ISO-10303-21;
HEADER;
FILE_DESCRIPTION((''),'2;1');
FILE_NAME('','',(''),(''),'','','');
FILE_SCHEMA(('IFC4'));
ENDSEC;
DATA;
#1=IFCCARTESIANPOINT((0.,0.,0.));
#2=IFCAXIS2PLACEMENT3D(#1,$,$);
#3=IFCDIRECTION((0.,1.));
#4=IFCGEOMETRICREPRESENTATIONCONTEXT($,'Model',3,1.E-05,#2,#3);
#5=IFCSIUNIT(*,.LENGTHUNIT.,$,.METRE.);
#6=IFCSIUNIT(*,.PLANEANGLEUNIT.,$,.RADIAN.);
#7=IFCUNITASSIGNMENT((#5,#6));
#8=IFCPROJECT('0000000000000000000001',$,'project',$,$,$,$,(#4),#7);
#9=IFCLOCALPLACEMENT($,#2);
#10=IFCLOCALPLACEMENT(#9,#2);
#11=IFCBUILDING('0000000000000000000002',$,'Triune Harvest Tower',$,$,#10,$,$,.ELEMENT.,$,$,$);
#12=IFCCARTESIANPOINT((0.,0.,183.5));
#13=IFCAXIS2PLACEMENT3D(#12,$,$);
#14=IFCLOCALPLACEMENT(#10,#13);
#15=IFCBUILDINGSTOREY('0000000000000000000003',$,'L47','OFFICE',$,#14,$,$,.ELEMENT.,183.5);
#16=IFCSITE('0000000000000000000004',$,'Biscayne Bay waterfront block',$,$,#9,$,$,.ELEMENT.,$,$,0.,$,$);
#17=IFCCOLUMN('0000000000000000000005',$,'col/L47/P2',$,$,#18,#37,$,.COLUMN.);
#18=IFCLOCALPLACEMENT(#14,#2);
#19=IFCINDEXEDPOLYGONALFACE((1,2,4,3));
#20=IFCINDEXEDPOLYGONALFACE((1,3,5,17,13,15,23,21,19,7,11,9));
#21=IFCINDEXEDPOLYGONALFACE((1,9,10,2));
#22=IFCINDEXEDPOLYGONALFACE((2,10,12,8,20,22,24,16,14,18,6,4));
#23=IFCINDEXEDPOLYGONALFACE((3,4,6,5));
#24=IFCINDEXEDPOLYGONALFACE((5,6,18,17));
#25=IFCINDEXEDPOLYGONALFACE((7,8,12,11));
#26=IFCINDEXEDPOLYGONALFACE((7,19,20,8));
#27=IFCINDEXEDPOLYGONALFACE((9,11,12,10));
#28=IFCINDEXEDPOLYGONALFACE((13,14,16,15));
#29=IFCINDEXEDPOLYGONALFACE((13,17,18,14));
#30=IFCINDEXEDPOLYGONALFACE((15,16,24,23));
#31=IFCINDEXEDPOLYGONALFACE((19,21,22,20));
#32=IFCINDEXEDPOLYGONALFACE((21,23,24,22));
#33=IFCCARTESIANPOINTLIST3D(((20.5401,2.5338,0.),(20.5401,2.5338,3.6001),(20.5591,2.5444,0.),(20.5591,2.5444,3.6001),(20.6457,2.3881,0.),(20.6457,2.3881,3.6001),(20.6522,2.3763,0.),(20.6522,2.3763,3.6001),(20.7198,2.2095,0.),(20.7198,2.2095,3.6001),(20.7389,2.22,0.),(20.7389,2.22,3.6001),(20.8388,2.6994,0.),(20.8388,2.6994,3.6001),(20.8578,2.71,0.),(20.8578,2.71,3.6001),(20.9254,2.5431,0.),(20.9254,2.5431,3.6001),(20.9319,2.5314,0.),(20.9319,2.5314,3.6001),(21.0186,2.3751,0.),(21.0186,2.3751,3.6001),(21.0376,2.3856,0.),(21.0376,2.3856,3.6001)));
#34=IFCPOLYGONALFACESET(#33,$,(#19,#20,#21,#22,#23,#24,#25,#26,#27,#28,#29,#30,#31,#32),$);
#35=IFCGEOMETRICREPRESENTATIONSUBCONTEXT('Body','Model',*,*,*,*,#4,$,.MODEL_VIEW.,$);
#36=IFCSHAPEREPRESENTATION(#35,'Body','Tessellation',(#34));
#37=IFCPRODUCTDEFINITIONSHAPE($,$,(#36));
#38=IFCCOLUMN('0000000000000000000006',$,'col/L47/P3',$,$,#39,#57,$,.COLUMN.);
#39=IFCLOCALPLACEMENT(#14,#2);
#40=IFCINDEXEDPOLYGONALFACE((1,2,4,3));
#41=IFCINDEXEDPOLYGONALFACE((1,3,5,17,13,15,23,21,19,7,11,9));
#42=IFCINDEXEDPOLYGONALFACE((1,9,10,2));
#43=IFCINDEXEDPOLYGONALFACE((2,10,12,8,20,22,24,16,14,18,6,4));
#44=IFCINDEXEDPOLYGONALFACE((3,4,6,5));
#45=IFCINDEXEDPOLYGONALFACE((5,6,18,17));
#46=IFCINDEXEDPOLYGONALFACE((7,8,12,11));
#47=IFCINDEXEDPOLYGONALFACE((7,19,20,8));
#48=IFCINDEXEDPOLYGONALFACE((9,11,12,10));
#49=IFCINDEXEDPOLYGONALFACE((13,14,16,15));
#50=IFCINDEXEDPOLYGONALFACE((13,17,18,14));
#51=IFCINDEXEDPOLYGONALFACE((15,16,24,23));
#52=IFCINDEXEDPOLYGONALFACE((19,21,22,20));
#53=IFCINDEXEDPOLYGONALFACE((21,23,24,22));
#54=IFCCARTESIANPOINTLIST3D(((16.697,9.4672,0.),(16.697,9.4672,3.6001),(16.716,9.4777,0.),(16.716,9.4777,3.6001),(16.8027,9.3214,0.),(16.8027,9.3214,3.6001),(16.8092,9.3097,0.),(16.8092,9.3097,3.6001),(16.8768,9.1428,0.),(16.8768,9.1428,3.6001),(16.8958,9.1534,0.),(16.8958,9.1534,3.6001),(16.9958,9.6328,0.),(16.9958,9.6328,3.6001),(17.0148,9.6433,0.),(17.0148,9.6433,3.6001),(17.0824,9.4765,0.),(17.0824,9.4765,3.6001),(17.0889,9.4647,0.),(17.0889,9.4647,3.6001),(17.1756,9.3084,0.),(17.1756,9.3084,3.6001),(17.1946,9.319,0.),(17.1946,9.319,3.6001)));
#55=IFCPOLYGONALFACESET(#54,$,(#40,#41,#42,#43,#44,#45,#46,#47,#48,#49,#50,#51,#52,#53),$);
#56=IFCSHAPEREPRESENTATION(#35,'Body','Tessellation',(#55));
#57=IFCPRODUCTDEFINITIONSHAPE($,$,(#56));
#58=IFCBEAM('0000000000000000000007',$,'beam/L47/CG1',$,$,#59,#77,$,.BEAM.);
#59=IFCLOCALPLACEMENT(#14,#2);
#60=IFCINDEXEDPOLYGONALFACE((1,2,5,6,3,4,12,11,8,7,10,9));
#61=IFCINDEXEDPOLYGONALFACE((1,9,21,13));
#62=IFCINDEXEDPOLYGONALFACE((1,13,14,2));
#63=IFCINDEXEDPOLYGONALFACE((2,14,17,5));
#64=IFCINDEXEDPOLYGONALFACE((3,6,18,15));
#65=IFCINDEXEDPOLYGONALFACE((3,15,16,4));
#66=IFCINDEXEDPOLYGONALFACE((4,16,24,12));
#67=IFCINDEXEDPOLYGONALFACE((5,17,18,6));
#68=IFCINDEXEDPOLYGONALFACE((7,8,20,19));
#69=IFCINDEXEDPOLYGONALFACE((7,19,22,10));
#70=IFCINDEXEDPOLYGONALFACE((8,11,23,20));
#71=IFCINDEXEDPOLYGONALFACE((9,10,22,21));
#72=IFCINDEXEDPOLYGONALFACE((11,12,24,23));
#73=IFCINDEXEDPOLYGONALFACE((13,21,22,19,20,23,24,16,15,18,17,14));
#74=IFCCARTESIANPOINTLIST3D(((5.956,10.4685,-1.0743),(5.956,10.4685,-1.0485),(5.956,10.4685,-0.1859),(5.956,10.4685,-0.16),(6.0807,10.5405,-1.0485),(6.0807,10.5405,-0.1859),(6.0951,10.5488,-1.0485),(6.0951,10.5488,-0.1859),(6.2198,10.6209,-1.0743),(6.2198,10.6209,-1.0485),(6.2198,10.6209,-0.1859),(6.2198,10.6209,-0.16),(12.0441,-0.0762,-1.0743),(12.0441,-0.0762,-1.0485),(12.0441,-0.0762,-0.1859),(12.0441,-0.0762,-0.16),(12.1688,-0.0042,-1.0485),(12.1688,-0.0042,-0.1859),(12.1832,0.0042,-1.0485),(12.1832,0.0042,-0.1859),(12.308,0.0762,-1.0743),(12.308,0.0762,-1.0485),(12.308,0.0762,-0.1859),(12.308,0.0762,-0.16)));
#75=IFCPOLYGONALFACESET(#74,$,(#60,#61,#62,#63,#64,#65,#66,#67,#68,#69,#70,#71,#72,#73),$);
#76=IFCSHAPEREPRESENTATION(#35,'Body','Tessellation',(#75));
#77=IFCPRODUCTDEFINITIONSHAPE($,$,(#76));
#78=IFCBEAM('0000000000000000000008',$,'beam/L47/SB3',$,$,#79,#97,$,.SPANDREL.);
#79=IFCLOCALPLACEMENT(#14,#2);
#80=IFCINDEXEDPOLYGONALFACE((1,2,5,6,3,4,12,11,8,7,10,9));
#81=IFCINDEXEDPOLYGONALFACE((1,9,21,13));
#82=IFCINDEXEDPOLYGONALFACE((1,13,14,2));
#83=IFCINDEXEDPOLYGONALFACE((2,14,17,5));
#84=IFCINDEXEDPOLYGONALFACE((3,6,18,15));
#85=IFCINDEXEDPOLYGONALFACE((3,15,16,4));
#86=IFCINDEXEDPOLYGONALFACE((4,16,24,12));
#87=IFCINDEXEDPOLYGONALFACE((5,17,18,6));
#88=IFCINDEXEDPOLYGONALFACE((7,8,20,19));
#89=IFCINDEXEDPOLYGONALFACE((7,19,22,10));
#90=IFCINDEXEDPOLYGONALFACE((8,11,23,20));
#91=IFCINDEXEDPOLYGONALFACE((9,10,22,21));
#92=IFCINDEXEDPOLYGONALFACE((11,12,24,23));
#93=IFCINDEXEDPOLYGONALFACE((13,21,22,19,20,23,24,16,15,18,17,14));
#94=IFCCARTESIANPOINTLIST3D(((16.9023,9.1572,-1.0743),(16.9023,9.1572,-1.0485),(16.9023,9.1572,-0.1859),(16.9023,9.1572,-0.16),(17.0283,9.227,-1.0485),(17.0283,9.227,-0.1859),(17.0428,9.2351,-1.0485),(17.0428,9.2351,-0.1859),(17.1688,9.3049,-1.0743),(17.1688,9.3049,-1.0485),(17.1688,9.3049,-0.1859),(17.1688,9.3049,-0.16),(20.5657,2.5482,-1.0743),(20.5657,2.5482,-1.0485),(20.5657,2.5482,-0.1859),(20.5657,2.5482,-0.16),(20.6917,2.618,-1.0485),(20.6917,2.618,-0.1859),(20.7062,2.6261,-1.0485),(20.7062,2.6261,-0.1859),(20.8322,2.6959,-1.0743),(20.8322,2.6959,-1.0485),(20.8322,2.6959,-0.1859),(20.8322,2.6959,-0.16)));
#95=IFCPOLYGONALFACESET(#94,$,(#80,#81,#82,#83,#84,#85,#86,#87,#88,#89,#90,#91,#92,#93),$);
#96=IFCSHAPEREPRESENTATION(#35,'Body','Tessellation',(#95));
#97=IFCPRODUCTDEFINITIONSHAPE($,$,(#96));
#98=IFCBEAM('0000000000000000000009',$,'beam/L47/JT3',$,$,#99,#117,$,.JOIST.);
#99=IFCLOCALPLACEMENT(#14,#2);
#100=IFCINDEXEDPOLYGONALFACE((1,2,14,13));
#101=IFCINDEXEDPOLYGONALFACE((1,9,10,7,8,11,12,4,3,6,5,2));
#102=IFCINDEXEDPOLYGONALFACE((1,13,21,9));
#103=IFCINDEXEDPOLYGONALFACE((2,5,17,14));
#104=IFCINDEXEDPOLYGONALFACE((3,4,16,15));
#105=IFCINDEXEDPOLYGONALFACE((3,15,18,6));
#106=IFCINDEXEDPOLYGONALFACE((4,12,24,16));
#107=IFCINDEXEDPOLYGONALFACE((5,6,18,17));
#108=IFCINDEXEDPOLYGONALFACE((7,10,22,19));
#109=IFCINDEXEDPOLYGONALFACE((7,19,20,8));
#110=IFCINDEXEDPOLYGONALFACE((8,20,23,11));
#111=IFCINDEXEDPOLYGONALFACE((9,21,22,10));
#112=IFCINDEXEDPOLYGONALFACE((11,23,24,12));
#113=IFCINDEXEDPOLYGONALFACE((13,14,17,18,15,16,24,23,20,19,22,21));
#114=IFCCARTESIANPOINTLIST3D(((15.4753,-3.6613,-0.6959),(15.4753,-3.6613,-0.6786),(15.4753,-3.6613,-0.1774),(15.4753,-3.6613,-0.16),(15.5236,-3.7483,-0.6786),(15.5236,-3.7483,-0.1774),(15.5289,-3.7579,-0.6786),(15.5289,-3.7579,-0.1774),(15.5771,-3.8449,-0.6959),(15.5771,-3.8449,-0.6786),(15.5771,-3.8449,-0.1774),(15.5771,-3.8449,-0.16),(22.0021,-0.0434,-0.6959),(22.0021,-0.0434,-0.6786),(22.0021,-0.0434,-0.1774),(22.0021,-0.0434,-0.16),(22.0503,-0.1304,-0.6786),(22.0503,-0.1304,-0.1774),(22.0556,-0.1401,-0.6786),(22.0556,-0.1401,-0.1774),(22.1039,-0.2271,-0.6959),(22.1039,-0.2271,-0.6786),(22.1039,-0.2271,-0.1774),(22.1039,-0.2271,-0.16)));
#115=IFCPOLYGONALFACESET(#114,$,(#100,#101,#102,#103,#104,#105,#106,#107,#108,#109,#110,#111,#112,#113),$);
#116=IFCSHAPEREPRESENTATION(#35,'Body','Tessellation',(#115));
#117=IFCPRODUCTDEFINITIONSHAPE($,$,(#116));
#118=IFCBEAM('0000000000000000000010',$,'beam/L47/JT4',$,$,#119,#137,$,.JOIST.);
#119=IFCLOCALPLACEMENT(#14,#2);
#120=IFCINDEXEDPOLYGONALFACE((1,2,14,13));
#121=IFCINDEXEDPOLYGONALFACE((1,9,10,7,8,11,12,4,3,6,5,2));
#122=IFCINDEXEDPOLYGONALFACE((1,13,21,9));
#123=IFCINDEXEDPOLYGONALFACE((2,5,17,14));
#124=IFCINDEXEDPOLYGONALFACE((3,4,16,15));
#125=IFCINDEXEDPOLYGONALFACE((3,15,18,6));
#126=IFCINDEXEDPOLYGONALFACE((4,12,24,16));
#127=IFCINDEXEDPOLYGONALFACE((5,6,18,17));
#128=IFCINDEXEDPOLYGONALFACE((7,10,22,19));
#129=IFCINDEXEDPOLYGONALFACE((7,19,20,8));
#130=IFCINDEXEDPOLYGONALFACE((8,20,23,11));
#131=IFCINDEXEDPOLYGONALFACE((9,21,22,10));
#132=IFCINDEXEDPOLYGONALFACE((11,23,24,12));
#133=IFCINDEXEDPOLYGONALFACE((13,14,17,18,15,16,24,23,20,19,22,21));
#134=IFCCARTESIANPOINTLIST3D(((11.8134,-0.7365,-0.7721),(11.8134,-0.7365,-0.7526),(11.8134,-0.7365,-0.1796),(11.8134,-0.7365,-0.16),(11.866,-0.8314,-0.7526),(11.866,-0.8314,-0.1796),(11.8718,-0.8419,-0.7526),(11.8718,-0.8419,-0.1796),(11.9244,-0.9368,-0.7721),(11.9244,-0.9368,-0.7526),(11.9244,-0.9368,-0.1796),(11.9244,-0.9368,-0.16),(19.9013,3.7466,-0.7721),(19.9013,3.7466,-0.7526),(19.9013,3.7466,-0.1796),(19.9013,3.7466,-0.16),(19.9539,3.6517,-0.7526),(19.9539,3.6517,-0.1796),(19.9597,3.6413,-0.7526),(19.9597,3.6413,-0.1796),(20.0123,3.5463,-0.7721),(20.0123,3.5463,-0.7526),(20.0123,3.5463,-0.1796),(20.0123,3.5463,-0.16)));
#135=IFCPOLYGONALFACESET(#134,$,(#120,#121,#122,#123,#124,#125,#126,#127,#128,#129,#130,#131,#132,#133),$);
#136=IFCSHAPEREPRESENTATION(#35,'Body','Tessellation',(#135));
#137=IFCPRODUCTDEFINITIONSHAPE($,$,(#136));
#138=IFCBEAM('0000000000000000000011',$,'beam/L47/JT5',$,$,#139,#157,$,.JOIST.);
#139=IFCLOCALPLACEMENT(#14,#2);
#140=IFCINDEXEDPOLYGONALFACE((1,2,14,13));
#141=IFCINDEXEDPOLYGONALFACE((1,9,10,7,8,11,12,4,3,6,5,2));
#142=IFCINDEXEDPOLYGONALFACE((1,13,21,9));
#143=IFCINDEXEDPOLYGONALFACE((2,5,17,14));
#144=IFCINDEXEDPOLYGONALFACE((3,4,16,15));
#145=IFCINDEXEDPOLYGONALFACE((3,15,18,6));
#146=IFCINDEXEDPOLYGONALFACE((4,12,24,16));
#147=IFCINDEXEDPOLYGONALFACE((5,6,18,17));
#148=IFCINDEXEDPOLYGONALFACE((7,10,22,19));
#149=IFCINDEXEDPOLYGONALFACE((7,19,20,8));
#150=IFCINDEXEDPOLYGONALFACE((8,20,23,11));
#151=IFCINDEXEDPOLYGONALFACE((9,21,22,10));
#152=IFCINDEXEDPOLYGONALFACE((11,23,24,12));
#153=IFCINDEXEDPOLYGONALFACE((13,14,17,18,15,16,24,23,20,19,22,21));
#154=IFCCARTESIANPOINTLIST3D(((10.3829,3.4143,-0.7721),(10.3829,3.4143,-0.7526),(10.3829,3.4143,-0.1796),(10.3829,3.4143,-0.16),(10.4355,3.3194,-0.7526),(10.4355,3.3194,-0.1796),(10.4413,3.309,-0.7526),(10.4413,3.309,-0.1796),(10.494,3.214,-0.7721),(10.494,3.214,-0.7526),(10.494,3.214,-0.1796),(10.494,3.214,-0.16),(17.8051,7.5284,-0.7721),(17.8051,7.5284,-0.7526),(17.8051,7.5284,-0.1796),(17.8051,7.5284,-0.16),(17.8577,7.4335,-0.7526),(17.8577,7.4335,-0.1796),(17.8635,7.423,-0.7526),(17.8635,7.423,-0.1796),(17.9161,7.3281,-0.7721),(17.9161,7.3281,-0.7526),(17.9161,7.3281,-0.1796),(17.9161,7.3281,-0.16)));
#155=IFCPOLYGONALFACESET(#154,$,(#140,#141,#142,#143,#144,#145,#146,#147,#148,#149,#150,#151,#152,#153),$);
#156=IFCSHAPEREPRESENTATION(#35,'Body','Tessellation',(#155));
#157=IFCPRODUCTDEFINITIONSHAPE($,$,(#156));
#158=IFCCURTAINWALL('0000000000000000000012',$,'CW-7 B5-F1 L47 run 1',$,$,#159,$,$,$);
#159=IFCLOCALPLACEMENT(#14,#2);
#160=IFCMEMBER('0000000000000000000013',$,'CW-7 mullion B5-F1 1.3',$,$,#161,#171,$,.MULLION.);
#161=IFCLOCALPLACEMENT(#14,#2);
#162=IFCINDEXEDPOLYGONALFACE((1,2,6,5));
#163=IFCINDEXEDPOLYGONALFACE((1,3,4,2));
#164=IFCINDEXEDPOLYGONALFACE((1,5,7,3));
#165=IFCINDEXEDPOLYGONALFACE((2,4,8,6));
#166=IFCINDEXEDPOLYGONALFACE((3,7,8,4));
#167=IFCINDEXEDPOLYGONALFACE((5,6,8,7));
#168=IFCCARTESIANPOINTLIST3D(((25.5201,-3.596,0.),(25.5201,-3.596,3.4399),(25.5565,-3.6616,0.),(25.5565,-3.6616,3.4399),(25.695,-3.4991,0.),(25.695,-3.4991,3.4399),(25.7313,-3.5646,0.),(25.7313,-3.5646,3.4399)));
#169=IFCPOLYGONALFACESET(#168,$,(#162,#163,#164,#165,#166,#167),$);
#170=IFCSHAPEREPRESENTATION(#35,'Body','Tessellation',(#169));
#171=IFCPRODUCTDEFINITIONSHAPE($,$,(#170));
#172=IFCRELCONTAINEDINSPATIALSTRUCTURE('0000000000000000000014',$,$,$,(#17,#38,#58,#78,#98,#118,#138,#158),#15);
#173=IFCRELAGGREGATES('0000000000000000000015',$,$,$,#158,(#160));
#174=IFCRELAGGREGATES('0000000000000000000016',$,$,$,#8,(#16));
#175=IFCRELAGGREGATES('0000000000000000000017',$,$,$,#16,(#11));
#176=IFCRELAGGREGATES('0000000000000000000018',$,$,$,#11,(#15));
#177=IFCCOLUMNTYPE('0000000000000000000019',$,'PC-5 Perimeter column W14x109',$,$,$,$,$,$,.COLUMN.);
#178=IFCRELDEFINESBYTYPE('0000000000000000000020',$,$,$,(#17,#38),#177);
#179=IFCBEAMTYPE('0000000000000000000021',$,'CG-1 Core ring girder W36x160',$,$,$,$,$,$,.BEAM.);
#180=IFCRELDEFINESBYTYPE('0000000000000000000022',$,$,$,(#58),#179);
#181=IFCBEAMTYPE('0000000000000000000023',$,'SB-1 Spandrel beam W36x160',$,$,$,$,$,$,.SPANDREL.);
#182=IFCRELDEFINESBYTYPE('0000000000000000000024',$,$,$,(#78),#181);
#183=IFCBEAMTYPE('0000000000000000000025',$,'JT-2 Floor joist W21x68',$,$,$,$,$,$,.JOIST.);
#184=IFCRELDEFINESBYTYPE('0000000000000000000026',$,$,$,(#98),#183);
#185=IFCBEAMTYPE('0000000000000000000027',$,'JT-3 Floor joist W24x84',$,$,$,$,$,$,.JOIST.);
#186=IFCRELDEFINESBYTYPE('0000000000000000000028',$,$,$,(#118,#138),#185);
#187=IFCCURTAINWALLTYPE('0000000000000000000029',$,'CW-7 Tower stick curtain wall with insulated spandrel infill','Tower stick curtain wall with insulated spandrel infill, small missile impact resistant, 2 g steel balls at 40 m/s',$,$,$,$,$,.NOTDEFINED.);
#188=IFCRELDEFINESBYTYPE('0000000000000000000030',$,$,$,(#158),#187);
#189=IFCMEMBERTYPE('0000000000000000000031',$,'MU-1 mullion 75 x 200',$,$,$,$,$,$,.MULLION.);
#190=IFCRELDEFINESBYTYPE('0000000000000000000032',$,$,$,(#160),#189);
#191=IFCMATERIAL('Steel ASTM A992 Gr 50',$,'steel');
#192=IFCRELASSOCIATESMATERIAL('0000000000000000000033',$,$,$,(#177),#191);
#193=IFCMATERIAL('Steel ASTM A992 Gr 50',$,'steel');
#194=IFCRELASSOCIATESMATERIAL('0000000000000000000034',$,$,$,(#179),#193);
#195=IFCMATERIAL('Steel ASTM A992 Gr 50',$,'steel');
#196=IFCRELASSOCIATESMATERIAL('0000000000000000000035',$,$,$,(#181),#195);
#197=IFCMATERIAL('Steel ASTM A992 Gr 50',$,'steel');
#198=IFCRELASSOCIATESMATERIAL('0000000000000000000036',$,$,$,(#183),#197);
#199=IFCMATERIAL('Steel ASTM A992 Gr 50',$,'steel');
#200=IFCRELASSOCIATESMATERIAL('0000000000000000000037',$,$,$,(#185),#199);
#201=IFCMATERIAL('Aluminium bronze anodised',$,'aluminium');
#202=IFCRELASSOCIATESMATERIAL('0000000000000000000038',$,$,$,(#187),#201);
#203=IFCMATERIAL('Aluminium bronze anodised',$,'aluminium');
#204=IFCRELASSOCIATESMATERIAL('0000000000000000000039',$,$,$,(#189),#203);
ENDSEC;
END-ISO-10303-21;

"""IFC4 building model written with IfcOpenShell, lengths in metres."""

from ifc_helpers import new_model, si_unit, direction, frame, origin, origin_2d, place, context, subcontext, project, spatial, rectangle, i_section, extrude, source, transform, mapped, material, material_profile, profile_set, type_object, element, aggregate, save


model = new_model("IFC4")

# Units and contexts
model_context = context("Model", 3, precision=1e-05, world=origin(), true_north=direction((0.0, 1.0)))
body_context = subcontext(model_context, "Body", "Model", "MODEL_VIEW")
ifc_project = project(units=[si_unit("LENGTHUNIT", "METRE"), si_unit("PLANEANGLEUNIT", "RADIAN")], contexts=[model_context])

# Site, building, storey
site_placement = place(None, origin())
site = spatial("IfcSite", under=ifc_project, at=site_placement, Name="Biscayne Bay waterfront block", CompositionType="ELEMENT", RefElevation=0.0)
building_placement = place(site_placement, origin())
building = spatial("IfcBuilding", under=site, at=building_placement, Name="Triune Harvest Tower", CompositionType="ELEMENT")
storey_placement = place(building_placement, frame((0.0, 0.0, 183.5)))
storey = spatial("IfcBuildingStorey", under=building, at=storey_placement, Name="L47", Description="OFFICE", CompositionType="ELEMENT", Elevation=183.5)

# Columns
ifc_material_1 = material(Name="Steel ASTM A992 Gr 50", Category="steel")
ifc_material_profile_1 = material_profile(ifc_material_1, i_section(OverallWidth=0.3708, OverallDepth=0.3633, WebThickness=0.0134, FlangeThickness=0.0217, at=origin_2d()), Name="W14x109")
ifc_profile_set_1 = profile_set([ifc_material_profile_1], Name="Steel ASTM A992 Gr 50")
column_type = type_object("IfcColumnType", Name="PC-5 Perimeter column W14x109", PredefinedType="COLUMN", material=ifc_profile_set_1)
shared_shape_1 = source(origin(), body_context, "Body", "SweptSolid", [
    extrude(i_section(OverallWidth=0.3708, OverallDepth=0.3633, WebThickness=0.0134, FlangeThickness=0.0217, at=origin_2d()), origin(), (0.0, 0.0, 1.0), 3.6001),
])
for number, where, z_axis, x_axis, name in (
    (1, (20.7888, 2.4597, 0.0), (0.0, 0.0, 1.0), (-0.48481, 0.87462, 0.0), "col/L47/P2"),
    (2, (16.9458, 9.3931, 0.0), (0.0, 0.0, 1.0), (-0.48481, 0.87462, 0.0), "col/L47/P3"),
):
    element("IfcColumn", number, at=place(storey_placement, frame(where, z_axis=z_axis, x_axis=x_axis)), inside=storey, type_object=column_type, Name=name, PredefinedType="COLUMN", context=body_context, shape_type="MappedRepresentation", body=[
        mapped(shared_shape_1, transform((0.0, 0.0, 0.0), scale=1.0)),
    ])

# Beams
ifc_material_2 = material(Name="Steel ASTM A992 Gr 50", Category="steel")
ifc_material_profile_2 = material_profile(ifc_material_2, i_section(OverallWidth=0.3047, OverallDepth=0.9143, WebThickness=0.0166, FlangeThickness=0.0259, at=origin_2d()), Name="W36x160")
ifc_profile_set_2 = profile_set([ifc_material_profile_2], Name="Steel ASTM A992 Gr 50")
beam_type_1 = type_object("IfcBeamType", Name="CG-1 Core ring girder W36x160", PredefinedType="BEAM", material=ifc_profile_set_2)
shared_shape_2 = source(origin(), body_context, "Body", "SweptSolid", [
    extrude(i_section(OverallWidth=0.3047, OverallDepth=0.9143, WebThickness=0.0166, FlangeThickness=0.0259, at=origin_2d()), origin(), (0.0, 0.0, 1.0), 12.176),
])
beam_1_placement = place(storey_placement, frame((12.176, 0.0, -0.6172), z_axis=(-0.50001, 0.86602, 0.0), x_axis=(-0.86602, -0.50001, 0.0)))
element("IfcBeam", 3, at=beam_1_placement, inside=storey, type_object=beam_type_1, Name="beam/L47/CG1", PredefinedType="BEAM", context=body_context, shape_type="MappedRepresentation", body=[
    mapped(shared_shape_2, transform((0.0, 0.0, 0.0), scale=1.0)),
])
ifc_material_3 = material(Name="Steel ASTM A992 Gr 50", Category="steel")
ifc_material_profile_3 = material_profile(ifc_material_3, i_section(OverallWidth=0.3047, OverallDepth=0.9143, WebThickness=0.0166, FlangeThickness=0.0259, at=origin_2d()), Name="W36x160")
ifc_profile_set_3 = profile_set([ifc_material_profile_3], Name="Steel ASTM A992 Gr 50")
beam_type_2 = type_object("IfcBeamType", Name="SB-1 Spandrel beam W36x160", PredefinedType="SPANDREL", material=ifc_profile_set_3)
shared_shape_3 = source(origin(), body_context, "Body", "SweptSolid", [
    extrude(i_section(OverallWidth=0.3047, OverallDepth=0.9143, WebThickness=0.0166, FlangeThickness=0.0259, at=origin_2d()), origin(), (0.0, 0.0, 1.0), 7.5564),
])
beam_2_placement = place(storey_placement, frame((20.699, 2.6221, -0.6172), z_axis=(-0.484806, 0.874622, 0.0), x_axis=(-0.874622, -0.484806, 0.0)))
element("IfcBeam", 4, at=beam_2_placement, inside=storey, type_object=beam_type_2, Name="beam/L47/SB3", PredefinedType="SPANDREL", context=body_context, shape_type="MappedRepresentation", body=[
    mapped(shared_shape_3, transform((0.0, 0.0, 0.0), scale=1.0)),
])
ifc_material_4 = material(Name="Steel ASTM A992 Gr 50", Category="steel")
ifc_material_profile_4 = material_profile(ifc_material_4, i_section(OverallWidth=0.21, OverallDepth=0.5359, WebThickness=0.011, FlangeThickness=0.0173, at=origin_2d()), Name="W21x68")
ifc_profile_set_4 = profile_set([ifc_material_profile_4], Name="Steel ASTM A992 Gr 50")
beam_type_3 = type_object("IfcBeamType", Name="JT-2 Floor joist W21x68", PredefinedType="JOIST", material=ifc_profile_set_4)
shared_shape_4 = source(origin(), body_context, "Body", "SweptSolid", [
    extrude(i_section(OverallWidth=0.21, OverallDepth=0.5359, WebThickness=0.011, FlangeThickness=0.0173, at=origin_2d()), origin(), (0.0, 0.0, 1.0), 7.4624),
])
beam_3_placement = place(storey_placement, frame((22.053, -0.1353, -0.428), z_axis=(-0.874618, -0.484812, 0.0), x_axis=(0.484812, -0.874618, 0.0)))
element("IfcBeam", 5, at=beam_3_placement, inside=storey, type_object=beam_type_3, Name="beam/L47/JT3", PredefinedType="JOIST", context=body_context, shape_type="MappedRepresentation", body=[
    mapped(shared_shape_4, transform((0.0, 0.0, 0.0), scale=1.0)),
])
ifc_material_5 = material(Name="Steel ASTM A992 Gr 50", Category="steel")
ifc_material_profile_5 = material_profile(ifc_material_5, i_section(OverallWidth=0.229, OverallDepth=0.6121, WebThickness=0.012, FlangeThickness=0.0195, at=origin_2d()), Name="W24x84")
ifc_profile_set_5 = profile_set([ifc_material_profile_5], Name="Steel ASTM A992 Gr 50")
beam_type_4 = type_object("IfcBeamType", Name="JT-3 Floor joist W24x84", PredefinedType="JOIST", material=ifc_profile_set_5)
shared_shape_5 = source(origin(), body_context, "Body", "SweptSolid", [
    extrude(i_section(OverallWidth=0.229, OverallDepth=0.6121, WebThickness=0.012, FlangeThickness=0.0195, at=origin_2d()), origin(), (0.0, 0.0, 1.0), 9.2473),
])
beam_4_placement = place(storey_placement, frame((19.9568, 3.6465, -0.4661), z_axis=(-0.874621, -0.484807, 0.0), x_axis=(0.484807, -0.874621, 0.0)))
element("IfcBeam", 6, at=beam_4_placement, inside=storey, type_object=beam_type_4, Name="beam/L47/JT4", PredefinedType="JOIST", context=body_context, shape_type="MappedRepresentation", body=[
    mapped(shared_shape_5, transform((0.0, 0.0, 0.0), scale=1.0)),
])
shared_shape_6 = source(origin(), body_context, "Body", "SweptSolid", [
    extrude(i_section(OverallWidth=0.229, OverallDepth=0.6121, WebThickness=0.012, FlangeThickness=0.0195, at=origin_2d()), origin(), (0.0, 0.0, 1.0), 8.4861),
])
beam_5_placement = place(storey_placement, frame((17.8606, 7.4282, -0.4661), z_axis=(-0.874626, -0.484798, 0.0), x_axis=(0.484798, -0.874626, 0.0)))
element("IfcBeam", 7, at=beam_5_placement, inside=storey, type_object=beam_type_4, Name="beam/L47/JT5", PredefinedType="JOIST", context=body_context, shape_type="MappedRepresentation", body=[
    mapped(shared_shape_6, transform((0.0, 0.0, 0.0), scale=1.0)),
])

# Curtain wall, member
ifc_material_6 = material(Name="Aluminium bronze anodised", Category="aluminium")
curtain_wall_type_1 = type_object("IfcCurtainWallType", Name="CW-7 Tower stick curtain wall with insulated spandrel infill", Description="Tower stick curtain wall with insulated spandrel infill, small missile impact resistant, 2 g steel balls at 40 m/s", PredefinedType="NOTDEFINED", material=ifc_material_6)
curtain_wall_1_placement = place(storey_placement, origin())
curtain_wall_1 = element("IfcCurtainWall", 8, at=curtain_wall_1_placement, inside=storey, type_object=curtain_wall_type_1, Name="CW-7 B5-F1 L47 run 1")
ifc_material_7 = material(Name="Aluminium bronze anodised", Category="aluminium")
ifc_material_profile_6 = material_profile(ifc_material_7, rectangle(XDim=0.2, YDim=0.075, at=origin_2d()), Name="MU-1 mullion 75 x 200")
ifc_profile_set_6 = profile_set([ifc_material_profile_6], Name="Aluminium bronze anodised")
member_type_1 = type_object("IfcMemberType", Name="MU-1 mullion 75 x 200", PredefinedType="MULLION", material=ifc_profile_set_6)
shared_shape_7 = source(origin(), body_context, "Body", "SweptSolid", [
    extrude(rectangle(XDim=0.2, YDim=0.075, at=origin_2d()), origin(), (0.0, 0.0, 1.0), 3.4399),
])
member_1_placement = place(storey_placement, frame((25.6257, -3.5803, 0.0), z_axis=(0.0, 0.0, 1.0), x_axis=(-0.87462, -0.484808, 0.0)))
member_1 = element("IfcMember", 9, at=member_1_placement, type_object=member_type_1, Name="CW-7 mullion B5-F1 1.3", PredefinedType="MULLION", context=body_context, shape_type="MappedRepresentation", body=[
    mapped(shared_shape_7, transform((0.0, 0.0, 0.0), scale=1.0)),
])

aggregate(curtain_wall_1, [member_1])

save(model, "model.ifc")
